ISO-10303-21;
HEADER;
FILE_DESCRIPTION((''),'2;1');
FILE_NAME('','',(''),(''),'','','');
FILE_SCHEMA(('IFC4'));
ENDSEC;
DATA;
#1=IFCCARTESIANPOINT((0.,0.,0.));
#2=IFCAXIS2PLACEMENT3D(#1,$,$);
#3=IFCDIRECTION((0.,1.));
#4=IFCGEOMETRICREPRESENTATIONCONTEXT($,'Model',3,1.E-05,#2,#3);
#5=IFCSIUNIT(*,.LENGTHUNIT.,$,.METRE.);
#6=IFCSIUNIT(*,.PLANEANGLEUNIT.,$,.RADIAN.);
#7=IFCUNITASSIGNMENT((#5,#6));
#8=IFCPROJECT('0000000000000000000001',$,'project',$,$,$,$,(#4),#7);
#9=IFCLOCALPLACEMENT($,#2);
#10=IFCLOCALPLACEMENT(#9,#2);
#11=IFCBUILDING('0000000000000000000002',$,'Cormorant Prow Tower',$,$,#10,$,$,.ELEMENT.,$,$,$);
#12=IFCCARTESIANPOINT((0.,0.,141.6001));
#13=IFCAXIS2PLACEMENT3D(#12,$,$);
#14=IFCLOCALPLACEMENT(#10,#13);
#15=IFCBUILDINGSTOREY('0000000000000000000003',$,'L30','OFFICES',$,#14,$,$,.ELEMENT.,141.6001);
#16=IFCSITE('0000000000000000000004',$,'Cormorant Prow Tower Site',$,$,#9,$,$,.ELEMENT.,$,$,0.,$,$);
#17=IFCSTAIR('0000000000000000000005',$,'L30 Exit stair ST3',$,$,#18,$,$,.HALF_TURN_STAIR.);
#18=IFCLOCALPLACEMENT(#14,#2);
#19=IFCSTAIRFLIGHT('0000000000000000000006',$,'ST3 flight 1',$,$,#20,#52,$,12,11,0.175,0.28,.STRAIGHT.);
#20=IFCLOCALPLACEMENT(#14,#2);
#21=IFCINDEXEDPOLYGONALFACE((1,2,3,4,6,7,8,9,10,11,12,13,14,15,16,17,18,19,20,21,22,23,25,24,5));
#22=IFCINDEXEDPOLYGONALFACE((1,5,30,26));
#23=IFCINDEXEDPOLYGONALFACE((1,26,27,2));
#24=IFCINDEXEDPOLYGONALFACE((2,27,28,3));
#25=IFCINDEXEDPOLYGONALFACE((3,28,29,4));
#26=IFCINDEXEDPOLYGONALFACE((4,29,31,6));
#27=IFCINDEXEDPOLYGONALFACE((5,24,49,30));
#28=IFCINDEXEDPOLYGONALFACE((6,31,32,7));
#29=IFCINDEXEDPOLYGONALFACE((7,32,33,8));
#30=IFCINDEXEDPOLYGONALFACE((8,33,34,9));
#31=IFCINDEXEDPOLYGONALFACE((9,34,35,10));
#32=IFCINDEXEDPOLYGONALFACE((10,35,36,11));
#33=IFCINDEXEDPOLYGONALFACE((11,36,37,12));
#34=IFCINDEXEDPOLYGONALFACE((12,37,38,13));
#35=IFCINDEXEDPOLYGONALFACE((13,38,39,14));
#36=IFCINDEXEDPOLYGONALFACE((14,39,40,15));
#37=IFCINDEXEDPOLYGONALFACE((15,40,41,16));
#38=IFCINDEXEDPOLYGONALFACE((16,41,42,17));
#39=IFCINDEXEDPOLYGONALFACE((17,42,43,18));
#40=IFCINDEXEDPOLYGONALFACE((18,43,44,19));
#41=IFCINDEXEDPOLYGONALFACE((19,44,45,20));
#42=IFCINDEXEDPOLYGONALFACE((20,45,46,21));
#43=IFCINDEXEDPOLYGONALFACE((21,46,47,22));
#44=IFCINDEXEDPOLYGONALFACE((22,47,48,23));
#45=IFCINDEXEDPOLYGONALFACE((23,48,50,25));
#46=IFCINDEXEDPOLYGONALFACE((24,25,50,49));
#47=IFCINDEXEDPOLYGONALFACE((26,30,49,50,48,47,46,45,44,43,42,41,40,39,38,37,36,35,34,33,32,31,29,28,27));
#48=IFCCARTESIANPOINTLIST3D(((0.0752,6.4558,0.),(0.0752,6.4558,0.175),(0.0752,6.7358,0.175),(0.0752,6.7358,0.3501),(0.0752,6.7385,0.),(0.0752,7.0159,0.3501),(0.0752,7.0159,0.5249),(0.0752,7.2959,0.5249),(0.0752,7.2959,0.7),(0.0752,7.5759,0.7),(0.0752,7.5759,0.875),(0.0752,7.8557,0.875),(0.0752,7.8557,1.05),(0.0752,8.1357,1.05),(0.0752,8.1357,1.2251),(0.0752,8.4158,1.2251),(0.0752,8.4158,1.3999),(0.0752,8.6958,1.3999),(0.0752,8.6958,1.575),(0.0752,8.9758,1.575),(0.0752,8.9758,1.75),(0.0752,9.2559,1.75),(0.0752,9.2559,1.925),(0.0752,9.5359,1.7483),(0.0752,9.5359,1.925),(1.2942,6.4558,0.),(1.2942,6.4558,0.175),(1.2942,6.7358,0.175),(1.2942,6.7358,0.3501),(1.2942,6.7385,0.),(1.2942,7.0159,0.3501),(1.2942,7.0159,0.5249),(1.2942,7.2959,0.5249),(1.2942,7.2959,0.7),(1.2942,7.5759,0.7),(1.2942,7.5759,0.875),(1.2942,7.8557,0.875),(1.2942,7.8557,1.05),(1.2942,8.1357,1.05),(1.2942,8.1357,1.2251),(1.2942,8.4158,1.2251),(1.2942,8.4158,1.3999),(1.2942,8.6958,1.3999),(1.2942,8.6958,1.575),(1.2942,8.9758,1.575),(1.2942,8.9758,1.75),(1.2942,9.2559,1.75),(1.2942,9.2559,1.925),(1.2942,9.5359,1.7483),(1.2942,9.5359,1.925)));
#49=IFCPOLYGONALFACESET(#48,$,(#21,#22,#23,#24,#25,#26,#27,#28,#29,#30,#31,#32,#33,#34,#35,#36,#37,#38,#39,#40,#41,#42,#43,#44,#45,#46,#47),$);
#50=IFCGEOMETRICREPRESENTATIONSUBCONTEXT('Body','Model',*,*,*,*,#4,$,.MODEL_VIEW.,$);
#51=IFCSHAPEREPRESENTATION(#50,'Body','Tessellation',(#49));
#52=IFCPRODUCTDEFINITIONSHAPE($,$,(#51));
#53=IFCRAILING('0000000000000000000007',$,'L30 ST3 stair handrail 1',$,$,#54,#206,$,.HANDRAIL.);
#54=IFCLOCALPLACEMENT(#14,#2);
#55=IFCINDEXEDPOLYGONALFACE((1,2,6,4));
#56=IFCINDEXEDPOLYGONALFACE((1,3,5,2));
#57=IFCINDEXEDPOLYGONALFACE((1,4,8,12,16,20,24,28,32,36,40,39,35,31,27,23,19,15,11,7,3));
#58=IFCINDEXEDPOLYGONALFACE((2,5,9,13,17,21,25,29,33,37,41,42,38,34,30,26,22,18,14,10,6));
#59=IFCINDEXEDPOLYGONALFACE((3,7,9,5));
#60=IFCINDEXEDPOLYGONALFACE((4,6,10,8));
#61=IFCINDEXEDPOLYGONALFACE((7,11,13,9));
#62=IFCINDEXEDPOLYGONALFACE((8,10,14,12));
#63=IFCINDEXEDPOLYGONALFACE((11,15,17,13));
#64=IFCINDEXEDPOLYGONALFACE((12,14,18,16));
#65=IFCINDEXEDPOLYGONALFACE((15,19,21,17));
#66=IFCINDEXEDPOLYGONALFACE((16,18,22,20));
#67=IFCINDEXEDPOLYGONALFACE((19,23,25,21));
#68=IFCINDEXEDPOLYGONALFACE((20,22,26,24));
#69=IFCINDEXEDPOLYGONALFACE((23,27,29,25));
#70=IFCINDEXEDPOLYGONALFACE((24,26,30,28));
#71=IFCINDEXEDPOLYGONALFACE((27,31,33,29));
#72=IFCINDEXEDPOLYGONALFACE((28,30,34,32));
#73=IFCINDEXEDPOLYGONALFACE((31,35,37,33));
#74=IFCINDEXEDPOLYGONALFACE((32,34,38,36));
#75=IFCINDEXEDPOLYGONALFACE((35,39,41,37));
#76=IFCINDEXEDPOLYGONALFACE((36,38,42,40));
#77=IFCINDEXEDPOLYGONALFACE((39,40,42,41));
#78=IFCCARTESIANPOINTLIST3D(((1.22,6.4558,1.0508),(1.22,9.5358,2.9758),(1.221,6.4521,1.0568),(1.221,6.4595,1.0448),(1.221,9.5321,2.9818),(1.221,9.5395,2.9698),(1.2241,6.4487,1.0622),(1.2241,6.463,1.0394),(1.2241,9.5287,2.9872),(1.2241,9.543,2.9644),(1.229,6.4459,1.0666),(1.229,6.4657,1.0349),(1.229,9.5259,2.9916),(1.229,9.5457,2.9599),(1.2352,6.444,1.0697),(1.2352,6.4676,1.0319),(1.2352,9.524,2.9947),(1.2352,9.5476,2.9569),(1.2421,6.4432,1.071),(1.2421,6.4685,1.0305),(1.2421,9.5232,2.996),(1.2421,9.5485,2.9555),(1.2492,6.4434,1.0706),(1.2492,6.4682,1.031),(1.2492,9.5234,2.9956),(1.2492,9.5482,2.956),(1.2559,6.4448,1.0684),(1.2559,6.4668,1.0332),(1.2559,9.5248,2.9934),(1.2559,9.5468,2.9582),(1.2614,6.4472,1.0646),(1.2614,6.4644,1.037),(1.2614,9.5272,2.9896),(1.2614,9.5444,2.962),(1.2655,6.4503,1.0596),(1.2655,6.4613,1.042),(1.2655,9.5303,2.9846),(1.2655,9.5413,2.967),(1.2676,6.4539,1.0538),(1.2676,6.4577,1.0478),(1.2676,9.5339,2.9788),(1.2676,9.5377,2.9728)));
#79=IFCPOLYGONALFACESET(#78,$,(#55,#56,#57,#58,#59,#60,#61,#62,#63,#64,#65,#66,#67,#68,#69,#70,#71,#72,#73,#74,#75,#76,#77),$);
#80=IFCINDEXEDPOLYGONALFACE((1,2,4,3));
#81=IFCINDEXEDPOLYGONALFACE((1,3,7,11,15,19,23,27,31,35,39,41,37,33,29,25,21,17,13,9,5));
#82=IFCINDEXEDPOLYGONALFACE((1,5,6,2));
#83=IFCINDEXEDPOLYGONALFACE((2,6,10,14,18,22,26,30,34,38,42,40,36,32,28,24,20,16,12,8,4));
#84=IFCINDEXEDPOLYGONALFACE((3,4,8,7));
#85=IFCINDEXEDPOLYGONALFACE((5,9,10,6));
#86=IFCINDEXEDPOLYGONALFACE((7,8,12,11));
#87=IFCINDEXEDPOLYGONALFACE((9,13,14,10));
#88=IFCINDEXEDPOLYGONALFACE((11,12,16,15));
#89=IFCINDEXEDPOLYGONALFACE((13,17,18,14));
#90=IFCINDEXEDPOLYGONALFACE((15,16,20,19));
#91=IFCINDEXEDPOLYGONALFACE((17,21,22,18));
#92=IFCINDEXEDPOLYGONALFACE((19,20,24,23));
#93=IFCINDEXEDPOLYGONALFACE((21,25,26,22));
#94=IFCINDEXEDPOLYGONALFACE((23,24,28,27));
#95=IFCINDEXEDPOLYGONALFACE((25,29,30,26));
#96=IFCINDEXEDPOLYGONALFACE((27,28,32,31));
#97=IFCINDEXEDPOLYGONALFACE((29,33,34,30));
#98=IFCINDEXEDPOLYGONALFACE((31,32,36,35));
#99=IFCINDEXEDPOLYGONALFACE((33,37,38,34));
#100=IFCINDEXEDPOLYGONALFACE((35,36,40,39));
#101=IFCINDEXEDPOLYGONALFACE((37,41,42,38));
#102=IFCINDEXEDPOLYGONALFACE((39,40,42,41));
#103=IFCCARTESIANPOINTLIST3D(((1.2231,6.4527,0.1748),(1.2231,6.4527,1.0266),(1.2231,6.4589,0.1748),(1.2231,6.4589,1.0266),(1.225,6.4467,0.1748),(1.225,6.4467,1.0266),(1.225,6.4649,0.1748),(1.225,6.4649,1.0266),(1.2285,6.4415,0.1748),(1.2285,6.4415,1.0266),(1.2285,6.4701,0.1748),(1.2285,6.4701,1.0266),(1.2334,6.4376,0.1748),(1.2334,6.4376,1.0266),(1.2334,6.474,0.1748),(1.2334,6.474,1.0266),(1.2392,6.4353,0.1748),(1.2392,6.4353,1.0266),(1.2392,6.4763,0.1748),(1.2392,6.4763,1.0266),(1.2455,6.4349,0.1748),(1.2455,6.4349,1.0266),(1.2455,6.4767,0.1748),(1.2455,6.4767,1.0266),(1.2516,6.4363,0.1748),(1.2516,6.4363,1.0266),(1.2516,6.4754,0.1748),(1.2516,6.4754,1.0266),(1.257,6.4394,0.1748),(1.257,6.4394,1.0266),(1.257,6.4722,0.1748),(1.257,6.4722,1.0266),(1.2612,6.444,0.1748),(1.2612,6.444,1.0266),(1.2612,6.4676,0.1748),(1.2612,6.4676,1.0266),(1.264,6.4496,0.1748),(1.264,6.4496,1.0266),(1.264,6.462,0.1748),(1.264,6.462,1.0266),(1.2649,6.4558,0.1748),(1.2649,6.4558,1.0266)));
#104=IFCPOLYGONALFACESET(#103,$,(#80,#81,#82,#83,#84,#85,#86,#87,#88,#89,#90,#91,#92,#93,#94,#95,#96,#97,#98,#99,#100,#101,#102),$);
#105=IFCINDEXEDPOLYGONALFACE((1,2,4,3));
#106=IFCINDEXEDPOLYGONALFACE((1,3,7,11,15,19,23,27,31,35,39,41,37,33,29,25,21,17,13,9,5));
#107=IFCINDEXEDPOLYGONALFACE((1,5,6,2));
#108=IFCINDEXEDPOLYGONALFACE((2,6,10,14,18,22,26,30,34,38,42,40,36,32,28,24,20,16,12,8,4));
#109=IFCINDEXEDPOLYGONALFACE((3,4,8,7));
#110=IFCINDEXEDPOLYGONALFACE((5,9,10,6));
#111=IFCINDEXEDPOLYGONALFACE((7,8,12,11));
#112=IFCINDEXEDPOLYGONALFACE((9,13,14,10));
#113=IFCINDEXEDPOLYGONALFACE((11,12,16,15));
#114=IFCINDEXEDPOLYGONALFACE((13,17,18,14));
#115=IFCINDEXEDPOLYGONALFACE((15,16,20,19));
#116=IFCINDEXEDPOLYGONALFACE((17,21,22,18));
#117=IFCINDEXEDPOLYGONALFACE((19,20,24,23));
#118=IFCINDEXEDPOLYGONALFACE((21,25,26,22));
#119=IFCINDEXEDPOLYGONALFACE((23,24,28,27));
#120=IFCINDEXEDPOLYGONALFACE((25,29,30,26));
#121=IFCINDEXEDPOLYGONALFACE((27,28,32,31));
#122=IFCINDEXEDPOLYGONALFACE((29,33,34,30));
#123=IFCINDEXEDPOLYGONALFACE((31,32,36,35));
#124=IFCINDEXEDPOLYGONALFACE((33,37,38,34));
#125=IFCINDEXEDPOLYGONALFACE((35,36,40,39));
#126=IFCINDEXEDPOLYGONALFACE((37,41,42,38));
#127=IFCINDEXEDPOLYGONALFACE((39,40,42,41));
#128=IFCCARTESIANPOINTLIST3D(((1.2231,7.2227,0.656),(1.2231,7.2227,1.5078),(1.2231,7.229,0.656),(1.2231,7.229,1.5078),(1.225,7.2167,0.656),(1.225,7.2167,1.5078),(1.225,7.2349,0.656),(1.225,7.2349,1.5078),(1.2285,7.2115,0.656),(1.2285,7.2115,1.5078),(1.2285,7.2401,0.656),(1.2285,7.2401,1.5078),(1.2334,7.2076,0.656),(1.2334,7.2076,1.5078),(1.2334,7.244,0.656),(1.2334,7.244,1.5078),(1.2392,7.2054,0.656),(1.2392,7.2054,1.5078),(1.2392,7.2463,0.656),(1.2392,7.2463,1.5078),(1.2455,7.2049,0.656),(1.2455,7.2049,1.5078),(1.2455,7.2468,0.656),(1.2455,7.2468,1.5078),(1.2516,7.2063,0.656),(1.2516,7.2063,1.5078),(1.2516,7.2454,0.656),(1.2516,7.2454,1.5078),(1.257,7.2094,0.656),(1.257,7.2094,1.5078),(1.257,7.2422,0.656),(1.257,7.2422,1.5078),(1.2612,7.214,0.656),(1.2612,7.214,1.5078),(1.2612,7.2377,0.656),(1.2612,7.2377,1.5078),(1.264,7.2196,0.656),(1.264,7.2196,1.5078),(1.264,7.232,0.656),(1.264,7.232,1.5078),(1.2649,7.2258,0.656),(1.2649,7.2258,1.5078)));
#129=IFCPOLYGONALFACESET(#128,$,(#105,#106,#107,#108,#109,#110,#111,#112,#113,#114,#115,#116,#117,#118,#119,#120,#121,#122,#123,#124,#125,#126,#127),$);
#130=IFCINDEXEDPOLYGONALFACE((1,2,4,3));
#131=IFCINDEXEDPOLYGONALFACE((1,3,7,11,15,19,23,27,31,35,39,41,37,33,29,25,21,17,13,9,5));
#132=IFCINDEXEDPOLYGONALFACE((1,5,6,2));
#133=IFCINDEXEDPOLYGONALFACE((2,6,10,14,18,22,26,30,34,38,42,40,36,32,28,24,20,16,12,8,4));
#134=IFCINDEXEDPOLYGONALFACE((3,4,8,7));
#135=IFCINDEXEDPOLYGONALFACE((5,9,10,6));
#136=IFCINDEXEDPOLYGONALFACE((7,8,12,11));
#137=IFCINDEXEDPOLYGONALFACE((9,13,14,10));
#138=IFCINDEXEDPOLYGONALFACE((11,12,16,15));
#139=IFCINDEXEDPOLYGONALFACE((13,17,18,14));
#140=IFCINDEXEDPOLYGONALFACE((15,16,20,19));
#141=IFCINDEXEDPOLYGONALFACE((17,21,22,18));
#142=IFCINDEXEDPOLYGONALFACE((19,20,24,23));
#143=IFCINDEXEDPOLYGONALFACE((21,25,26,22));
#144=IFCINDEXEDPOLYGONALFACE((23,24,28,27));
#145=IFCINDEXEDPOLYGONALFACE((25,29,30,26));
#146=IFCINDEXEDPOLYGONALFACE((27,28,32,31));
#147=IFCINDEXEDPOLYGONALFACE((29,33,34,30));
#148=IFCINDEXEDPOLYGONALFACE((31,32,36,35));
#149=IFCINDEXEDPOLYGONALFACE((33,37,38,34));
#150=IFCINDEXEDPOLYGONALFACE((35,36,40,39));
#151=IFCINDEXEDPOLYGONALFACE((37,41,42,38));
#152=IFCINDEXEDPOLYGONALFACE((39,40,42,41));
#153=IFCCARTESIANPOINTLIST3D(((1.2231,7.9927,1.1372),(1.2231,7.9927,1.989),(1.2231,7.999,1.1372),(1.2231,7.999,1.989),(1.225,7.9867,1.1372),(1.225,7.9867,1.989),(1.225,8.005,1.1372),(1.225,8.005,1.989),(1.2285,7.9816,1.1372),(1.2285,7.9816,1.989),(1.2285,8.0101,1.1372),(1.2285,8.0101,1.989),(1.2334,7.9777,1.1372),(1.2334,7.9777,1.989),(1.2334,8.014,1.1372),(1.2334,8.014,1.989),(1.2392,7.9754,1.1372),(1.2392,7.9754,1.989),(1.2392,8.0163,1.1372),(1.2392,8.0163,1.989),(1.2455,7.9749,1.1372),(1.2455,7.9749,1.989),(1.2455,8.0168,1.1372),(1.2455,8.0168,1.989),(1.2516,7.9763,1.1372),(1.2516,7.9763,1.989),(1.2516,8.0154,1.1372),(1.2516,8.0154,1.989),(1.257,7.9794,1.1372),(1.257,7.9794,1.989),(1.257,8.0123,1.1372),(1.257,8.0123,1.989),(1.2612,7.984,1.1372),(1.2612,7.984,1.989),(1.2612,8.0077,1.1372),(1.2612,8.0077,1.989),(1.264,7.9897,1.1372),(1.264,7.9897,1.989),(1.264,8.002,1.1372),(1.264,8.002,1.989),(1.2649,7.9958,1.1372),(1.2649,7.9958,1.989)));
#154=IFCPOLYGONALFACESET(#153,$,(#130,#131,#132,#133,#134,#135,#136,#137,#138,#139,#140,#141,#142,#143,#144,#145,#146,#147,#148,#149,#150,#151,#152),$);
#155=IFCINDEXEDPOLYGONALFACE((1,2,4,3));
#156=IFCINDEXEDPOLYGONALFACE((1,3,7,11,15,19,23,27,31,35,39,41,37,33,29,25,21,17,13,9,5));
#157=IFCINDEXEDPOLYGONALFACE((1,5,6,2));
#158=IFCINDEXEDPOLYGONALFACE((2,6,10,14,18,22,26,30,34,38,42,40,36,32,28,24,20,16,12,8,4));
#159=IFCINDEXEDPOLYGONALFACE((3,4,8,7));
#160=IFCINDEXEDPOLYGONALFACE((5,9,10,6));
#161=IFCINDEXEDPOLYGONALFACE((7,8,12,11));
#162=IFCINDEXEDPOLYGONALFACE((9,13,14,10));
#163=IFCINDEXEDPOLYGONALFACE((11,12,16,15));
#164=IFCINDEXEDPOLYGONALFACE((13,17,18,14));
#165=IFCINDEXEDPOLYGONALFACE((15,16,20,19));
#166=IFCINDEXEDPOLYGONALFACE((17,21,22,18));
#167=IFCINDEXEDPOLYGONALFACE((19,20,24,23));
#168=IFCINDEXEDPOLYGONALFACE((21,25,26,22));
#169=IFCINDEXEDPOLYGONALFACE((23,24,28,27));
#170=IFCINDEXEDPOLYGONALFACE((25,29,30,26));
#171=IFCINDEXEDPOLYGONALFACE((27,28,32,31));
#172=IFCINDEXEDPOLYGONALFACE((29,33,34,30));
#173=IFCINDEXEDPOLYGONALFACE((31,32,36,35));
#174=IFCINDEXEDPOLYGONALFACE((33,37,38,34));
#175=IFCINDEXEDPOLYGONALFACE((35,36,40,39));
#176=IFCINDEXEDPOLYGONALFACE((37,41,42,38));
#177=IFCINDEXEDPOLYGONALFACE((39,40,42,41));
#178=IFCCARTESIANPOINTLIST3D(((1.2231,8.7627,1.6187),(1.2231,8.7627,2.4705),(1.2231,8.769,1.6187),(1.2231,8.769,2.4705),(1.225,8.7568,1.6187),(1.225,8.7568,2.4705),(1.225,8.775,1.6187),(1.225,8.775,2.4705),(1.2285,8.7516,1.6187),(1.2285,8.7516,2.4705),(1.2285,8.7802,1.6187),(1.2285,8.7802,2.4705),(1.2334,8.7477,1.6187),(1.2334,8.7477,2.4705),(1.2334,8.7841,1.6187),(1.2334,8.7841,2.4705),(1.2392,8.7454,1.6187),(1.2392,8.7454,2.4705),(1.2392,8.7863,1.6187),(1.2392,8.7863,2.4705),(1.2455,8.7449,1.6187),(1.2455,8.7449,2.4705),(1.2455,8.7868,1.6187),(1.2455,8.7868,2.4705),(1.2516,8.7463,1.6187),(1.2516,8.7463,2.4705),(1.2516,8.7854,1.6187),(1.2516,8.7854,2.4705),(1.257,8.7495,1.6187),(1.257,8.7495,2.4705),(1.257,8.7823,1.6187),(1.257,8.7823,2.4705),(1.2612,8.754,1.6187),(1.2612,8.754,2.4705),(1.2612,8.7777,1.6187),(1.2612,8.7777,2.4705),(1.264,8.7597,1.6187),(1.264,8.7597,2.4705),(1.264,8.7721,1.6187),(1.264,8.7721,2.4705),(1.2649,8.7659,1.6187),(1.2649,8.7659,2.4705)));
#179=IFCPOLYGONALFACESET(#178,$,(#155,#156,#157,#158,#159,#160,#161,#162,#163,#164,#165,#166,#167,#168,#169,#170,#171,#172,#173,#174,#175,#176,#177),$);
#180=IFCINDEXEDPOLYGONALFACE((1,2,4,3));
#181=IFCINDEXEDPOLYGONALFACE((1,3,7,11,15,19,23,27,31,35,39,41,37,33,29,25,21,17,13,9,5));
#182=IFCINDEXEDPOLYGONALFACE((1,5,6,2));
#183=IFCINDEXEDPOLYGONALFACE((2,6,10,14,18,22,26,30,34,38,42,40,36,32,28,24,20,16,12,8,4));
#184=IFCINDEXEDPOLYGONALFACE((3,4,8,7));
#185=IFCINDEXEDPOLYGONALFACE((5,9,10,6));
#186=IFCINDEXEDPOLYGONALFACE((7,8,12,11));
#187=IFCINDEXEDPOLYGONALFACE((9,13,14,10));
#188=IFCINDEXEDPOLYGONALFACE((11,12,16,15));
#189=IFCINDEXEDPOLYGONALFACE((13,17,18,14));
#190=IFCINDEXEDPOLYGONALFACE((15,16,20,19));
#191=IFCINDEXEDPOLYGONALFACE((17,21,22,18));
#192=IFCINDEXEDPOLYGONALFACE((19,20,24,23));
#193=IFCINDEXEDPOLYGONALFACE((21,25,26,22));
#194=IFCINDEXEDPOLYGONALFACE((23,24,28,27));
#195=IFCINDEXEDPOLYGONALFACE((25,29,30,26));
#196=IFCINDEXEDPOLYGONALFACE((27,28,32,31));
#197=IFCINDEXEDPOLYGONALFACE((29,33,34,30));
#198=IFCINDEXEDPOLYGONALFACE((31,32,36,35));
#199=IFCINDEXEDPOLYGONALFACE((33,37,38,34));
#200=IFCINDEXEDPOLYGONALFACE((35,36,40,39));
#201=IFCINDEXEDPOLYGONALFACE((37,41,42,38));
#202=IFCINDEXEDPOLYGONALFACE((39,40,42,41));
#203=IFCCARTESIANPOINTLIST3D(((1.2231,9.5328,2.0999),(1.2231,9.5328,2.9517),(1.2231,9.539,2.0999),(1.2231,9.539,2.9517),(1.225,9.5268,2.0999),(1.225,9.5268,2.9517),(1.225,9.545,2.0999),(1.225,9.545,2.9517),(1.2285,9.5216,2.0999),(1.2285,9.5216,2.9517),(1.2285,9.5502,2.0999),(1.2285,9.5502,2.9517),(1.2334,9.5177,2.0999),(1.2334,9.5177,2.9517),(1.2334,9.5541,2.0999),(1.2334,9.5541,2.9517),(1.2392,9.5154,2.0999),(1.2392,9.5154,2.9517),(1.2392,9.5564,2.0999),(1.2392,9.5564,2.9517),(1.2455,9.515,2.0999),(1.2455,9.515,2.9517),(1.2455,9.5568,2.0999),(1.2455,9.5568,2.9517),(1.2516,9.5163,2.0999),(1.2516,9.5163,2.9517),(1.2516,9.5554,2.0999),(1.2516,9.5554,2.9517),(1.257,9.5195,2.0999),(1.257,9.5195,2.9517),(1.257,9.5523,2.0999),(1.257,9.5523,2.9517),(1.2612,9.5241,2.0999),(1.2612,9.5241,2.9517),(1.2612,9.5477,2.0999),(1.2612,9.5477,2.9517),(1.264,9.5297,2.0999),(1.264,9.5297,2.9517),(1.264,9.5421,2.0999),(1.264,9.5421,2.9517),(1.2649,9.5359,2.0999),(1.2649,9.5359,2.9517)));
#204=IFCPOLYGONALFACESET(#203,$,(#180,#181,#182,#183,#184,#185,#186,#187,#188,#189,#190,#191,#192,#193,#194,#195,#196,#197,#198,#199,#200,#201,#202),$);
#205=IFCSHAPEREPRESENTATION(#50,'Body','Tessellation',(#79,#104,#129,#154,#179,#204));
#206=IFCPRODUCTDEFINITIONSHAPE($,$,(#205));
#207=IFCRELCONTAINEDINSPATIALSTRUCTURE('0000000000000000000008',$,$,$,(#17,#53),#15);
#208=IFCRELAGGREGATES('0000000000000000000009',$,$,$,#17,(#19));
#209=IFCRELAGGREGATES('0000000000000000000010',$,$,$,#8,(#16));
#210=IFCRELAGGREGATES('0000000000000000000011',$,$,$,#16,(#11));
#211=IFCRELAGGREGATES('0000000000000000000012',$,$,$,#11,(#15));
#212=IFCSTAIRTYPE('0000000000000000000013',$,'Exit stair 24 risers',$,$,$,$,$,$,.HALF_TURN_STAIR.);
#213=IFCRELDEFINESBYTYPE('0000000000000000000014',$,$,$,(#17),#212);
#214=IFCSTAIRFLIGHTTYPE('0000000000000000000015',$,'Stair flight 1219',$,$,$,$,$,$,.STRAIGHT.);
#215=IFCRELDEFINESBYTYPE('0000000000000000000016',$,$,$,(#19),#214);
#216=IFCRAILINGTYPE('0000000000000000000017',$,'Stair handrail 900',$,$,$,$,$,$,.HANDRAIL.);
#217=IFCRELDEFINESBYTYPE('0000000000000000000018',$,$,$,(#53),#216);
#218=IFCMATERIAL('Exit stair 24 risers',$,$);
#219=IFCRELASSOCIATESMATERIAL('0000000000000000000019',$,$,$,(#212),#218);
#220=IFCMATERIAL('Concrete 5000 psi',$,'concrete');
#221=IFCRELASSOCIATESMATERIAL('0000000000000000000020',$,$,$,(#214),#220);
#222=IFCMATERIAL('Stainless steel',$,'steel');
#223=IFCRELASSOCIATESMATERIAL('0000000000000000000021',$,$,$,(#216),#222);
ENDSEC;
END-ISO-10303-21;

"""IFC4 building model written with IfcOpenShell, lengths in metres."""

from ifc_helpers import new_model, si_unit, direction, frame, origin, origin_2d, place, context, subcontext, project, spatial, polyline, circle, outline, extrude, material, type_object, element, aggregate, save


model = new_model("IFC4")

# Units and contexts
model_context = context("Model", 3, precision=1e-05, world=origin(), true_north=direction((0.0, 1.0)))
body_context = subcontext(model_context, "Body", "Model", "MODEL_VIEW")
ifc_project = project(units=[si_unit("LENGTHUNIT", "METRE"), si_unit("PLANEANGLEUNIT", "RADIAN")], contexts=[model_context])

# Site, building, storey
site_placement = place(None, origin())
site = spatial("IfcSite", under=ifc_project, at=site_placement, Name="Cormorant Prow Tower Site", CompositionType="ELEMENT", RefElevation=0.0)
building_placement = place(site_placement, origin())
building = spatial("IfcBuilding", under=site, at=building_placement, Name="Cormorant Prow Tower", CompositionType="ELEMENT")
storey_placement = place(building_placement, frame((0.0, 0.0, 141.6001)))
storey = spatial("IfcBuildingStorey", under=building, at=storey_placement, Name="L30", Description="OFFICES", CompositionType="ELEMENT", Elevation=141.6001)

# Stair
ifc_material_1 = material(Name="Exit stair 24 risers")
stair_type = type_object("IfcStairType", Name="Exit stair 24 risers", PredefinedType="HALF_TURN_STAIR", material=ifc_material_1)
stair_placement = place(storey_placement, origin())
stair = element("IfcStair", 1, at=stair_placement, inside=storey, type_object=stair_type, Name="L30 Exit stair ST3", PredefinedType="HALF_TURN_STAIR")

# Stair flight
ifc_material_2 = material(Name="Concrete 5000 psi", Category="concrete")
stair_flight_type = type_object("IfcStairFlightType", Name="Stair flight 1219", PredefinedType="STRAIGHT", material=ifc_material_2)
stair_flight_placement = place(storey_placement, frame((0.6846, 6.4558, 0.0), z_axis=(0.0, 0.0, 1.0), x_axis=(0.0, 1.0, 0.0)))
stair_flight = element("IfcStairFlight", 2, at=stair_flight_placement, type_object=stair_flight_type, Name="ST3 flight 1", NumberOfRisers=12, NumberOfTreads=11, PredefinedType="STRAIGHT", RiserHeight=0.175, TreadLength=0.28, context=body_context, shape_type="SweptSolid", body=[
    extrude(outline(polyline([(0.0, 0.0), (0.0, 0.175), (0.28, 0.175), (0.28, 0.3501), (0.5601, 0.3501), (0.5601, 0.5249), (0.8401, 0.5249), (0.8401, 0.7), (1.1201, 0.7), (1.1201, 0.875), (1.3999, 0.875), (1.3999, 1.05), (1.6799, 1.05), (1.6799, 1.2251), (1.96, 1.2251), (1.96, 1.3999), (2.24, 1.3999), (2.24, 1.575), (2.52, 1.575), (2.52, 1.75), (2.8, 1.75), (2.8, 1.925), (3.0801, 1.925), (3.0801, 2.1001), (3.0801, 1.7483), (0.2827, 0.0), (0.0, 0.0)])), frame((0.0, 0.6094, 0.0), z_axis=(0.0, -1.0, 0.0), x_axis=(1.0, 0.0, 0.0)), (0.0, 0.0, 1.0), 1.219),
])
aggregate(stair, [stair_flight])

# Railing
ifc_material_3 = material(Name="Stainless steel", Category="steel")
railing_type_1 = type_object("IfcRailingType", Name="Stair handrail 900", PredefinedType="HANDRAIL", material=ifc_material_3)
railing_1_placement = place(storey_placement, frame((1.2439, 6.4558, 0.1748)))
element("IfcRailing", 3, at=railing_1_placement, inside=storey, type_object=railing_type_1, Name="L30 ST3 stair handrail 1", PredefinedType="HANDRAIL", context=body_context, shape_type="SweptSolid", body=[
    extrude(circle(Radius=0.0239, at=origin_2d()), frame((0.0, 0.0, 0.876), z_axis=(0.0, 0.847998, 0.529999), x_axis=(-1.0, 0.0, 0.0)), (0.0, 0.0, 1.0), 3.6321),
    extrude(circle(Radius=0.021, at=origin_2d()), origin(), (0.0, 0.0, 1.0), 0.8518),
    extrude(circle(Radius=0.021, at=origin_2d()), frame((0.0, 0.77, 0.4812)), (0.0, 0.0, 1.0), 0.8518),
    extrude(circle(Radius=0.021, at=origin_2d()), frame((0.0, 1.54, 0.9624)), (0.0, 0.0, 1.0), 0.8518),
    extrude(circle(Radius=0.021, at=origin_2d()), frame((0.0, 2.3101, 1.4438)), (0.0, 0.0, 1.0), 0.8518),
    extrude(circle(Radius=0.021, at=origin_2d()), frame((0.0, 3.0801, 1.925)), (0.0, 0.0, 1.0), 0.8518),
])

save(model, "model.ifc")
